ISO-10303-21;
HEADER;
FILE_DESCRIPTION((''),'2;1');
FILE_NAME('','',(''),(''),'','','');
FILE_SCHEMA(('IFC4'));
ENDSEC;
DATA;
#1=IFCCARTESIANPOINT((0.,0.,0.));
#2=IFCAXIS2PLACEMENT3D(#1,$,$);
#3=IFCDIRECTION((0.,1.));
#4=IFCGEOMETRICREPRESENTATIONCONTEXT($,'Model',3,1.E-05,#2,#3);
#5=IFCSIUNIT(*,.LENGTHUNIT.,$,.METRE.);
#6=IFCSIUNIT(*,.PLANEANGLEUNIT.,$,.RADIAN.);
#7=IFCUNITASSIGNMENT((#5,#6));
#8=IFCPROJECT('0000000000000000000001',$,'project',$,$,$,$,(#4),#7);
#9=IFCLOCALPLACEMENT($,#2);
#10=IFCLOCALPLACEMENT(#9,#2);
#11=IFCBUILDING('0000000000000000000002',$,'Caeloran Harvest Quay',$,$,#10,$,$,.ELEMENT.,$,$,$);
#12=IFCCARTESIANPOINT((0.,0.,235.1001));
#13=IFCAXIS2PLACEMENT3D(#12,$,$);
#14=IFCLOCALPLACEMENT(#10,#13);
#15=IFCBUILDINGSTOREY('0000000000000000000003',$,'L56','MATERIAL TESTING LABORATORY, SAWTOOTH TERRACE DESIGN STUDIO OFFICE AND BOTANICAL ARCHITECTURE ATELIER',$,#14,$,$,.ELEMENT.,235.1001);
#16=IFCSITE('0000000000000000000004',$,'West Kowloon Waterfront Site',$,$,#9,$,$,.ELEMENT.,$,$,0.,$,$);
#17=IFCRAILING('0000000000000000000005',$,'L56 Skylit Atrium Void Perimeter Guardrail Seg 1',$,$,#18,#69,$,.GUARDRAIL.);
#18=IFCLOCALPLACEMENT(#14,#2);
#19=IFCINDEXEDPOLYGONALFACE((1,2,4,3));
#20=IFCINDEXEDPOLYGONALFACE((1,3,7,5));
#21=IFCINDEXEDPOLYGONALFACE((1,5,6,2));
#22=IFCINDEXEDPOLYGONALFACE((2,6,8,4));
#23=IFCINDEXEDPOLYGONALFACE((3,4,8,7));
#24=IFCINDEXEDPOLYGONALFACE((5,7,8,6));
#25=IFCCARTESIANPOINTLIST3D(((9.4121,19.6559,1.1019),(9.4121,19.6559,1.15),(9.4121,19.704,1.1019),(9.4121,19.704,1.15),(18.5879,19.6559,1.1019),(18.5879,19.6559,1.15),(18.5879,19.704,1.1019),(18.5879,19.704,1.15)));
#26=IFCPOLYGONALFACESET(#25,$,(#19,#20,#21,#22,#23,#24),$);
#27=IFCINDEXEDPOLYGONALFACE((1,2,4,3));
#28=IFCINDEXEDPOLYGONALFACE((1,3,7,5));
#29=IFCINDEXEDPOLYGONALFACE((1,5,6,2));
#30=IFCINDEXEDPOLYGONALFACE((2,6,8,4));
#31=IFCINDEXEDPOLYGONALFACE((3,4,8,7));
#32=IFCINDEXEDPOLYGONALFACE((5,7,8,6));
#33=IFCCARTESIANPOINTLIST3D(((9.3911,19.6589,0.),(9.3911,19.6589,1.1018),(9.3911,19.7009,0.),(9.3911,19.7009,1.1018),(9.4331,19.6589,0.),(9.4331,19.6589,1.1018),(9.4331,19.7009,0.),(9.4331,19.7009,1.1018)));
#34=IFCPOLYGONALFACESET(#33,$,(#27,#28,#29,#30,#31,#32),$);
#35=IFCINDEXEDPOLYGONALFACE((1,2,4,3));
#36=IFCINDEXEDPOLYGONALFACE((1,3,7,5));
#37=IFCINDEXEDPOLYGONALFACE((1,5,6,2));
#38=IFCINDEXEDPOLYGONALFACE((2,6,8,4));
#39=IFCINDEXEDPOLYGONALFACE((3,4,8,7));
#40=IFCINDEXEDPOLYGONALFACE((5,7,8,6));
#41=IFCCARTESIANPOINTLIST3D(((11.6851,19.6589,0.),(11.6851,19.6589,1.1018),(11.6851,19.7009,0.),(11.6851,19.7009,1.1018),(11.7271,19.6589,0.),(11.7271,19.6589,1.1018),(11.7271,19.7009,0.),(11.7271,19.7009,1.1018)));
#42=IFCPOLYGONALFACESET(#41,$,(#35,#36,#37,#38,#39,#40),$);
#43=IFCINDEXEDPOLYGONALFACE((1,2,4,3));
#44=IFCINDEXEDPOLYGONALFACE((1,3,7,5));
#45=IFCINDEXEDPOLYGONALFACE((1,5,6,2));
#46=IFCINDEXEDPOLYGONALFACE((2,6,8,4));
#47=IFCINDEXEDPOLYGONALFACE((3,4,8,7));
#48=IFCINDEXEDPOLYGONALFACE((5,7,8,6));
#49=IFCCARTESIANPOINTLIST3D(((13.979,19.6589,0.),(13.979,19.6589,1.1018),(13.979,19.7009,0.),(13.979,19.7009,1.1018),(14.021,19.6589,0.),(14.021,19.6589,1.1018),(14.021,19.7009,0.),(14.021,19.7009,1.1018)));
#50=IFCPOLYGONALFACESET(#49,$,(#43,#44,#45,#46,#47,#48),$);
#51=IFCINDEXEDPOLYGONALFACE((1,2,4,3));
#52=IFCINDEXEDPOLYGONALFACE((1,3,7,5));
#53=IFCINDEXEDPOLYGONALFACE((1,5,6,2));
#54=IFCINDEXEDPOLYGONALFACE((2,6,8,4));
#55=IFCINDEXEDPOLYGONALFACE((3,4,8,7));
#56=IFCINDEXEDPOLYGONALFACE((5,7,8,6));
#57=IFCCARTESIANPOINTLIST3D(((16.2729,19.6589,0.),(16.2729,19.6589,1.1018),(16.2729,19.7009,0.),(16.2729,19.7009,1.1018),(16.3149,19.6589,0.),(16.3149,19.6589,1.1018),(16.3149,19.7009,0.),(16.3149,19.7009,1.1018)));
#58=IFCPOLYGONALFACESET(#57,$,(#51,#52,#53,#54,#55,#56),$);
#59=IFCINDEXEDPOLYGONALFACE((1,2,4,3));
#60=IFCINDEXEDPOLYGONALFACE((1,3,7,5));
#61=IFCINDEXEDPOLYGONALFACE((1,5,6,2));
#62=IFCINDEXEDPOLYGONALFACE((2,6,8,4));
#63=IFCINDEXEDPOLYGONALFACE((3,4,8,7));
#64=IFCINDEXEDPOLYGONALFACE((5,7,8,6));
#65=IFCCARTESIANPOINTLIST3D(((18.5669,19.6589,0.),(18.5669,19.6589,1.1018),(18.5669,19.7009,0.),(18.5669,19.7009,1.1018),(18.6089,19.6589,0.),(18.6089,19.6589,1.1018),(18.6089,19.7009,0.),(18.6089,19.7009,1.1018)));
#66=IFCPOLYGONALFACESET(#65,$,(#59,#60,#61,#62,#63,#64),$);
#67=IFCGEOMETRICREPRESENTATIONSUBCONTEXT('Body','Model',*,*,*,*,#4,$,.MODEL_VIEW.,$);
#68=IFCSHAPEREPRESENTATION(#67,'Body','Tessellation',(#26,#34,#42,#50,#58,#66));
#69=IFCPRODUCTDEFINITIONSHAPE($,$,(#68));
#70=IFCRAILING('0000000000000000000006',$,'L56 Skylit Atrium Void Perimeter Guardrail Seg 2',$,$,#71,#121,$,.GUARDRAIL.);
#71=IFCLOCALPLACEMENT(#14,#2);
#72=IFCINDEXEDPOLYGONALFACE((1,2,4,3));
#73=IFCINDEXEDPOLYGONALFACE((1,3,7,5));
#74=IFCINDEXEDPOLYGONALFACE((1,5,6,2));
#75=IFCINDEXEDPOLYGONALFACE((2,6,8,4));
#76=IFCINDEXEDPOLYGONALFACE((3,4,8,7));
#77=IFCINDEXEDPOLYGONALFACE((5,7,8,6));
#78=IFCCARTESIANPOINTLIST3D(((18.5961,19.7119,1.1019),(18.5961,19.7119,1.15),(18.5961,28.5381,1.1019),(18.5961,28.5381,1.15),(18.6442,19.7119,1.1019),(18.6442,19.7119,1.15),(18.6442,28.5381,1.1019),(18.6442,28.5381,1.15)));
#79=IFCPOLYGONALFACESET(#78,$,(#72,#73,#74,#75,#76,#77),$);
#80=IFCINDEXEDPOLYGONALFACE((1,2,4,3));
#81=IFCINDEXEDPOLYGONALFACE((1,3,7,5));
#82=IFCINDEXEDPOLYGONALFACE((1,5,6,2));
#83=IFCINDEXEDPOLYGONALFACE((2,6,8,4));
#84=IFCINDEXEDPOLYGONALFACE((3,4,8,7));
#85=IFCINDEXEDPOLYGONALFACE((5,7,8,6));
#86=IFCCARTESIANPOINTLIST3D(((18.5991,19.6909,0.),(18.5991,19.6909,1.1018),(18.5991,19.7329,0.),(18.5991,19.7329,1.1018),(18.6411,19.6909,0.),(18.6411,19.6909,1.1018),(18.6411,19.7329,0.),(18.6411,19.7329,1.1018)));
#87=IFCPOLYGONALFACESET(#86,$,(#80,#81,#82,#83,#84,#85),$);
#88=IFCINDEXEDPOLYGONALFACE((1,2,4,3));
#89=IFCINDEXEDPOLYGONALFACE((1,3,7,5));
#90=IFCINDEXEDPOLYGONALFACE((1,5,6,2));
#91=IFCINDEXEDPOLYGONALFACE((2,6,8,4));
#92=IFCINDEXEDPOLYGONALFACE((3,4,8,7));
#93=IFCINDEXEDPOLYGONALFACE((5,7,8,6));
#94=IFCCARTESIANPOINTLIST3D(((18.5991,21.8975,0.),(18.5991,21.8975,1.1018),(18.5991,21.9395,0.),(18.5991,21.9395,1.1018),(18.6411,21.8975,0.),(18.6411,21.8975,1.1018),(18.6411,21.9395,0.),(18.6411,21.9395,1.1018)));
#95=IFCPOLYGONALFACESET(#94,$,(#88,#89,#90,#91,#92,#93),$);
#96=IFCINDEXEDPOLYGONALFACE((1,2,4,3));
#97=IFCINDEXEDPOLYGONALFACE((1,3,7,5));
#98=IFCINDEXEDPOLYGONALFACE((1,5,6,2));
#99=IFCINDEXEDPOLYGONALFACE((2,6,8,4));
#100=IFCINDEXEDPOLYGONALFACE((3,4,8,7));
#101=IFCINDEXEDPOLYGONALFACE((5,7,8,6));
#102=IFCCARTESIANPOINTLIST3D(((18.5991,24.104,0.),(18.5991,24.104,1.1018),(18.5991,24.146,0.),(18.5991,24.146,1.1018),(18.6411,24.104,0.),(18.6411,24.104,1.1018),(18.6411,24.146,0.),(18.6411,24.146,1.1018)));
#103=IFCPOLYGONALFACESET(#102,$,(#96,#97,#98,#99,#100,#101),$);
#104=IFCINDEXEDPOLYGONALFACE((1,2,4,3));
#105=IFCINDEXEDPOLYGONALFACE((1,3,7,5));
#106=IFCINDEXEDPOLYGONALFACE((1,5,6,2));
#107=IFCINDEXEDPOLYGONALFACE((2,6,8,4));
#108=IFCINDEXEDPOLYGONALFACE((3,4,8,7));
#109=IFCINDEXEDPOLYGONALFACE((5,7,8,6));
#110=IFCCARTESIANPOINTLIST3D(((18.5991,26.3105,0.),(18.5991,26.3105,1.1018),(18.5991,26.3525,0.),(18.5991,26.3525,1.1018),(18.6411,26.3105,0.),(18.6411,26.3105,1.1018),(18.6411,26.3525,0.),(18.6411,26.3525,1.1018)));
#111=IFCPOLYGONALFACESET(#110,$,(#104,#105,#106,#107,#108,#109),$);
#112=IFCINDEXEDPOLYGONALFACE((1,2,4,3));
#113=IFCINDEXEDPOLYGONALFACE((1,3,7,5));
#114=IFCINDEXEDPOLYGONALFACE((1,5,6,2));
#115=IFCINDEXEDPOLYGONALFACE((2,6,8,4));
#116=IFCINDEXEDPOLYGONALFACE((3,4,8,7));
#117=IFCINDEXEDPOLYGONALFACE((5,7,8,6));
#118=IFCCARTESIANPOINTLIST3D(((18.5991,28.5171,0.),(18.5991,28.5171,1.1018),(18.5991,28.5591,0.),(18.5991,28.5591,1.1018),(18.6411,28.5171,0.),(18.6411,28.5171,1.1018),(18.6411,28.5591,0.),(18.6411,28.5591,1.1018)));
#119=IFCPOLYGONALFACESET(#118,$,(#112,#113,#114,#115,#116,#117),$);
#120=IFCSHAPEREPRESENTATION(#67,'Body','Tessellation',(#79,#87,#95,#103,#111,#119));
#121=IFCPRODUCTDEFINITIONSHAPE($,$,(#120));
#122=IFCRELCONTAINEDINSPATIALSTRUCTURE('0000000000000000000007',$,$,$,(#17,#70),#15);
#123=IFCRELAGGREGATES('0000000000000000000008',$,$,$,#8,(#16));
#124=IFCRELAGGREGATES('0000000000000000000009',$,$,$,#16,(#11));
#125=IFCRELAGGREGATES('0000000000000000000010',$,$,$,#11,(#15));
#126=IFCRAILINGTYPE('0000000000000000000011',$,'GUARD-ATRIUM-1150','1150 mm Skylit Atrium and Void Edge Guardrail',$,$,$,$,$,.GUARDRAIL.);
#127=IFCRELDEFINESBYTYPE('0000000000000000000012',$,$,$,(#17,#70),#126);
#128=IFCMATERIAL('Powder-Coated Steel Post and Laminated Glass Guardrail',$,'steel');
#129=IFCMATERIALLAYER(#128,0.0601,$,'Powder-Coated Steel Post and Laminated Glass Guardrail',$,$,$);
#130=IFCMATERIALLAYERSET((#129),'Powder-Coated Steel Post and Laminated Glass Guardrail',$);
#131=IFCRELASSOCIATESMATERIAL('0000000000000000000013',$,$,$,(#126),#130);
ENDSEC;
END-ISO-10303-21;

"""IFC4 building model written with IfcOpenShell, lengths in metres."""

from ifc_helpers import new_model, si_unit, direction, frame, origin, origin_2d, place, context, subcontext, project, spatial, rectangle, extrude, material, layer, layer_set, type_object, element, save


model = new_model("IFC4")

# Units and contexts
model_context = context("Model", 3, precision=1e-05, world=origin(), true_north=direction((0.0, 1.0)))
body_context = subcontext(model_context, "Body", "Model", "MODEL_VIEW")
ifc_project = project(units=[si_unit("LENGTHUNIT", "METRE"), si_unit("PLANEANGLEUNIT", "RADIAN")], contexts=[model_context])

# Site, building, storey
site_placement = place(None, origin())
site = spatial("IfcSite", under=ifc_project, at=site_placement, Name="West Kowloon Waterfront Site", CompositionType="ELEMENT", RefElevation=0.0)
building_placement = place(site_placement, origin())
building = spatial("IfcBuilding", under=site, at=building_placement, Name="Caeloran Harvest Quay", CompositionType="ELEMENT")
storey_placement = place(building_placement, frame((0.0, 0.0, 235.1001)))
storey = spatial("IfcBuildingStorey", under=building, at=storey_placement, Name="L56", Description="MATERIAL TESTING LABORATORY, SAWTOOTH TERRACE DESIGN STUDIO OFFICE AND BOTANICAL ARCHITECTURE ATELIER", CompositionType="ELEMENT", Elevation=235.1001)

# Railings
ifc_material_1 = material(Name="Powder-Coated Steel Post and Laminated Glass Guardrail", Category="steel")
ifc_layer_1 = layer(ifc_material_1, 0.0601, Name="Powder-Coated Steel Post and Laminated Glass Guardrail")
ifc_layer_set_1 = layer_set([ifc_layer_1], Name="Powder-Coated Steel Post and Laminated Glass Guardrail")
railing_type = type_object("IfcRailingType", Name="GUARD-ATRIUM-1150", Description="1150 mm Skylit Atrium and Void Edge Guardrail", PredefinedType="GUARDRAIL", material=ifc_layer_set_1)
railing_1_placement = place(storey_placement, frame((9.4121, 19.6799, 0.0)))
element("IfcRailing", 1, at=railing_1_placement, inside=storey, type_object=railing_type, Name="L56 Skylit Atrium Void Perimeter Guardrail Seg 1", PredefinedType="GUARDRAIL", context=body_context, shape_type="SweptSolid", body=[
    extrude(rectangle(XDim=0.0481, YDim=0.0481, at=origin_2d()), frame((0.0, 0.0, 1.126), z_axis=(1.0, 0.0, 0.0), x_axis=(0.0, 1.0, 0.0)), (0.0, 0.0, 1.0), 9.1758),
    extrude(rectangle(XDim=0.042, YDim=0.042, at=origin_2d()), origin(), (0.0, 0.0, 1.0), 1.1018),
    extrude(rectangle(XDim=0.042, YDim=0.042, at=origin_2d()), frame((2.2939, 0.0, 0.0)), (0.0, 0.0, 1.0), 1.1018),
    extrude(rectangle(XDim=0.042, YDim=0.042, at=origin_2d()), frame((4.5879, 0.0, 0.0)), (0.0, 0.0, 1.0), 1.1018),
    extrude(rectangle(XDim=0.042, YDim=0.042, at=origin_2d()), frame((6.8818, 0.0, 0.0)), (0.0, 0.0, 1.0), 1.1018),
    extrude(rectangle(XDim=0.042, YDim=0.042, at=origin_2d()), frame((9.1758, 0.0, 0.0)), (0.0, 0.0, 1.0), 1.1018),
])
railing_2_placement = place(storey_placement, frame((18.6201, 19.7119, 0.0)))
element("IfcRailing", 2, at=railing_2_placement, inside=storey, type_object=railing_type, Name="L56 Skylit Atrium Void Perimeter Guardrail Seg 2", PredefinedType="GUARDRAIL", context=body_context, shape_type="SweptSolid", body=[
    extrude(rectangle(XDim=0.0481, YDim=0.0481, at=origin_2d()), frame((0.0, 0.0, 1.126), z_axis=(0.0, 1.0, 0.0), x_axis=(-1.0, 0.0, 0.0)), (0.0, 0.0, 1.0), 8.8262),
    extrude(rectangle(XDim=0.042, YDim=0.042, at=origin_2d()), origin(), (0.0, 0.0, 1.0), 1.1018),
    extrude(rectangle(XDim=0.042, YDim=0.042, at=origin_2d()), frame((0.0, 2.2065, 0.0)), (0.0, 0.0, 1.0), 1.1018),
    extrude(rectangle(XDim=0.042, YDim=0.042, at=origin_2d()), frame((0.0, 4.4131, 0.0)), (0.0, 0.0, 1.0), 1.1018),
    extrude(rectangle(XDim=0.042, YDim=0.042, at=origin_2d()), frame((0.0, 6.6196, 0.0)), (0.0, 0.0, 1.0), 1.1018),
    extrude(rectangle(XDim=0.042, YDim=0.042, at=origin_2d()), frame((0.0, 8.8262, 0.0)), (0.0, 0.0, 1.0), 1.1018),
])

save(model, "model.ifc")
